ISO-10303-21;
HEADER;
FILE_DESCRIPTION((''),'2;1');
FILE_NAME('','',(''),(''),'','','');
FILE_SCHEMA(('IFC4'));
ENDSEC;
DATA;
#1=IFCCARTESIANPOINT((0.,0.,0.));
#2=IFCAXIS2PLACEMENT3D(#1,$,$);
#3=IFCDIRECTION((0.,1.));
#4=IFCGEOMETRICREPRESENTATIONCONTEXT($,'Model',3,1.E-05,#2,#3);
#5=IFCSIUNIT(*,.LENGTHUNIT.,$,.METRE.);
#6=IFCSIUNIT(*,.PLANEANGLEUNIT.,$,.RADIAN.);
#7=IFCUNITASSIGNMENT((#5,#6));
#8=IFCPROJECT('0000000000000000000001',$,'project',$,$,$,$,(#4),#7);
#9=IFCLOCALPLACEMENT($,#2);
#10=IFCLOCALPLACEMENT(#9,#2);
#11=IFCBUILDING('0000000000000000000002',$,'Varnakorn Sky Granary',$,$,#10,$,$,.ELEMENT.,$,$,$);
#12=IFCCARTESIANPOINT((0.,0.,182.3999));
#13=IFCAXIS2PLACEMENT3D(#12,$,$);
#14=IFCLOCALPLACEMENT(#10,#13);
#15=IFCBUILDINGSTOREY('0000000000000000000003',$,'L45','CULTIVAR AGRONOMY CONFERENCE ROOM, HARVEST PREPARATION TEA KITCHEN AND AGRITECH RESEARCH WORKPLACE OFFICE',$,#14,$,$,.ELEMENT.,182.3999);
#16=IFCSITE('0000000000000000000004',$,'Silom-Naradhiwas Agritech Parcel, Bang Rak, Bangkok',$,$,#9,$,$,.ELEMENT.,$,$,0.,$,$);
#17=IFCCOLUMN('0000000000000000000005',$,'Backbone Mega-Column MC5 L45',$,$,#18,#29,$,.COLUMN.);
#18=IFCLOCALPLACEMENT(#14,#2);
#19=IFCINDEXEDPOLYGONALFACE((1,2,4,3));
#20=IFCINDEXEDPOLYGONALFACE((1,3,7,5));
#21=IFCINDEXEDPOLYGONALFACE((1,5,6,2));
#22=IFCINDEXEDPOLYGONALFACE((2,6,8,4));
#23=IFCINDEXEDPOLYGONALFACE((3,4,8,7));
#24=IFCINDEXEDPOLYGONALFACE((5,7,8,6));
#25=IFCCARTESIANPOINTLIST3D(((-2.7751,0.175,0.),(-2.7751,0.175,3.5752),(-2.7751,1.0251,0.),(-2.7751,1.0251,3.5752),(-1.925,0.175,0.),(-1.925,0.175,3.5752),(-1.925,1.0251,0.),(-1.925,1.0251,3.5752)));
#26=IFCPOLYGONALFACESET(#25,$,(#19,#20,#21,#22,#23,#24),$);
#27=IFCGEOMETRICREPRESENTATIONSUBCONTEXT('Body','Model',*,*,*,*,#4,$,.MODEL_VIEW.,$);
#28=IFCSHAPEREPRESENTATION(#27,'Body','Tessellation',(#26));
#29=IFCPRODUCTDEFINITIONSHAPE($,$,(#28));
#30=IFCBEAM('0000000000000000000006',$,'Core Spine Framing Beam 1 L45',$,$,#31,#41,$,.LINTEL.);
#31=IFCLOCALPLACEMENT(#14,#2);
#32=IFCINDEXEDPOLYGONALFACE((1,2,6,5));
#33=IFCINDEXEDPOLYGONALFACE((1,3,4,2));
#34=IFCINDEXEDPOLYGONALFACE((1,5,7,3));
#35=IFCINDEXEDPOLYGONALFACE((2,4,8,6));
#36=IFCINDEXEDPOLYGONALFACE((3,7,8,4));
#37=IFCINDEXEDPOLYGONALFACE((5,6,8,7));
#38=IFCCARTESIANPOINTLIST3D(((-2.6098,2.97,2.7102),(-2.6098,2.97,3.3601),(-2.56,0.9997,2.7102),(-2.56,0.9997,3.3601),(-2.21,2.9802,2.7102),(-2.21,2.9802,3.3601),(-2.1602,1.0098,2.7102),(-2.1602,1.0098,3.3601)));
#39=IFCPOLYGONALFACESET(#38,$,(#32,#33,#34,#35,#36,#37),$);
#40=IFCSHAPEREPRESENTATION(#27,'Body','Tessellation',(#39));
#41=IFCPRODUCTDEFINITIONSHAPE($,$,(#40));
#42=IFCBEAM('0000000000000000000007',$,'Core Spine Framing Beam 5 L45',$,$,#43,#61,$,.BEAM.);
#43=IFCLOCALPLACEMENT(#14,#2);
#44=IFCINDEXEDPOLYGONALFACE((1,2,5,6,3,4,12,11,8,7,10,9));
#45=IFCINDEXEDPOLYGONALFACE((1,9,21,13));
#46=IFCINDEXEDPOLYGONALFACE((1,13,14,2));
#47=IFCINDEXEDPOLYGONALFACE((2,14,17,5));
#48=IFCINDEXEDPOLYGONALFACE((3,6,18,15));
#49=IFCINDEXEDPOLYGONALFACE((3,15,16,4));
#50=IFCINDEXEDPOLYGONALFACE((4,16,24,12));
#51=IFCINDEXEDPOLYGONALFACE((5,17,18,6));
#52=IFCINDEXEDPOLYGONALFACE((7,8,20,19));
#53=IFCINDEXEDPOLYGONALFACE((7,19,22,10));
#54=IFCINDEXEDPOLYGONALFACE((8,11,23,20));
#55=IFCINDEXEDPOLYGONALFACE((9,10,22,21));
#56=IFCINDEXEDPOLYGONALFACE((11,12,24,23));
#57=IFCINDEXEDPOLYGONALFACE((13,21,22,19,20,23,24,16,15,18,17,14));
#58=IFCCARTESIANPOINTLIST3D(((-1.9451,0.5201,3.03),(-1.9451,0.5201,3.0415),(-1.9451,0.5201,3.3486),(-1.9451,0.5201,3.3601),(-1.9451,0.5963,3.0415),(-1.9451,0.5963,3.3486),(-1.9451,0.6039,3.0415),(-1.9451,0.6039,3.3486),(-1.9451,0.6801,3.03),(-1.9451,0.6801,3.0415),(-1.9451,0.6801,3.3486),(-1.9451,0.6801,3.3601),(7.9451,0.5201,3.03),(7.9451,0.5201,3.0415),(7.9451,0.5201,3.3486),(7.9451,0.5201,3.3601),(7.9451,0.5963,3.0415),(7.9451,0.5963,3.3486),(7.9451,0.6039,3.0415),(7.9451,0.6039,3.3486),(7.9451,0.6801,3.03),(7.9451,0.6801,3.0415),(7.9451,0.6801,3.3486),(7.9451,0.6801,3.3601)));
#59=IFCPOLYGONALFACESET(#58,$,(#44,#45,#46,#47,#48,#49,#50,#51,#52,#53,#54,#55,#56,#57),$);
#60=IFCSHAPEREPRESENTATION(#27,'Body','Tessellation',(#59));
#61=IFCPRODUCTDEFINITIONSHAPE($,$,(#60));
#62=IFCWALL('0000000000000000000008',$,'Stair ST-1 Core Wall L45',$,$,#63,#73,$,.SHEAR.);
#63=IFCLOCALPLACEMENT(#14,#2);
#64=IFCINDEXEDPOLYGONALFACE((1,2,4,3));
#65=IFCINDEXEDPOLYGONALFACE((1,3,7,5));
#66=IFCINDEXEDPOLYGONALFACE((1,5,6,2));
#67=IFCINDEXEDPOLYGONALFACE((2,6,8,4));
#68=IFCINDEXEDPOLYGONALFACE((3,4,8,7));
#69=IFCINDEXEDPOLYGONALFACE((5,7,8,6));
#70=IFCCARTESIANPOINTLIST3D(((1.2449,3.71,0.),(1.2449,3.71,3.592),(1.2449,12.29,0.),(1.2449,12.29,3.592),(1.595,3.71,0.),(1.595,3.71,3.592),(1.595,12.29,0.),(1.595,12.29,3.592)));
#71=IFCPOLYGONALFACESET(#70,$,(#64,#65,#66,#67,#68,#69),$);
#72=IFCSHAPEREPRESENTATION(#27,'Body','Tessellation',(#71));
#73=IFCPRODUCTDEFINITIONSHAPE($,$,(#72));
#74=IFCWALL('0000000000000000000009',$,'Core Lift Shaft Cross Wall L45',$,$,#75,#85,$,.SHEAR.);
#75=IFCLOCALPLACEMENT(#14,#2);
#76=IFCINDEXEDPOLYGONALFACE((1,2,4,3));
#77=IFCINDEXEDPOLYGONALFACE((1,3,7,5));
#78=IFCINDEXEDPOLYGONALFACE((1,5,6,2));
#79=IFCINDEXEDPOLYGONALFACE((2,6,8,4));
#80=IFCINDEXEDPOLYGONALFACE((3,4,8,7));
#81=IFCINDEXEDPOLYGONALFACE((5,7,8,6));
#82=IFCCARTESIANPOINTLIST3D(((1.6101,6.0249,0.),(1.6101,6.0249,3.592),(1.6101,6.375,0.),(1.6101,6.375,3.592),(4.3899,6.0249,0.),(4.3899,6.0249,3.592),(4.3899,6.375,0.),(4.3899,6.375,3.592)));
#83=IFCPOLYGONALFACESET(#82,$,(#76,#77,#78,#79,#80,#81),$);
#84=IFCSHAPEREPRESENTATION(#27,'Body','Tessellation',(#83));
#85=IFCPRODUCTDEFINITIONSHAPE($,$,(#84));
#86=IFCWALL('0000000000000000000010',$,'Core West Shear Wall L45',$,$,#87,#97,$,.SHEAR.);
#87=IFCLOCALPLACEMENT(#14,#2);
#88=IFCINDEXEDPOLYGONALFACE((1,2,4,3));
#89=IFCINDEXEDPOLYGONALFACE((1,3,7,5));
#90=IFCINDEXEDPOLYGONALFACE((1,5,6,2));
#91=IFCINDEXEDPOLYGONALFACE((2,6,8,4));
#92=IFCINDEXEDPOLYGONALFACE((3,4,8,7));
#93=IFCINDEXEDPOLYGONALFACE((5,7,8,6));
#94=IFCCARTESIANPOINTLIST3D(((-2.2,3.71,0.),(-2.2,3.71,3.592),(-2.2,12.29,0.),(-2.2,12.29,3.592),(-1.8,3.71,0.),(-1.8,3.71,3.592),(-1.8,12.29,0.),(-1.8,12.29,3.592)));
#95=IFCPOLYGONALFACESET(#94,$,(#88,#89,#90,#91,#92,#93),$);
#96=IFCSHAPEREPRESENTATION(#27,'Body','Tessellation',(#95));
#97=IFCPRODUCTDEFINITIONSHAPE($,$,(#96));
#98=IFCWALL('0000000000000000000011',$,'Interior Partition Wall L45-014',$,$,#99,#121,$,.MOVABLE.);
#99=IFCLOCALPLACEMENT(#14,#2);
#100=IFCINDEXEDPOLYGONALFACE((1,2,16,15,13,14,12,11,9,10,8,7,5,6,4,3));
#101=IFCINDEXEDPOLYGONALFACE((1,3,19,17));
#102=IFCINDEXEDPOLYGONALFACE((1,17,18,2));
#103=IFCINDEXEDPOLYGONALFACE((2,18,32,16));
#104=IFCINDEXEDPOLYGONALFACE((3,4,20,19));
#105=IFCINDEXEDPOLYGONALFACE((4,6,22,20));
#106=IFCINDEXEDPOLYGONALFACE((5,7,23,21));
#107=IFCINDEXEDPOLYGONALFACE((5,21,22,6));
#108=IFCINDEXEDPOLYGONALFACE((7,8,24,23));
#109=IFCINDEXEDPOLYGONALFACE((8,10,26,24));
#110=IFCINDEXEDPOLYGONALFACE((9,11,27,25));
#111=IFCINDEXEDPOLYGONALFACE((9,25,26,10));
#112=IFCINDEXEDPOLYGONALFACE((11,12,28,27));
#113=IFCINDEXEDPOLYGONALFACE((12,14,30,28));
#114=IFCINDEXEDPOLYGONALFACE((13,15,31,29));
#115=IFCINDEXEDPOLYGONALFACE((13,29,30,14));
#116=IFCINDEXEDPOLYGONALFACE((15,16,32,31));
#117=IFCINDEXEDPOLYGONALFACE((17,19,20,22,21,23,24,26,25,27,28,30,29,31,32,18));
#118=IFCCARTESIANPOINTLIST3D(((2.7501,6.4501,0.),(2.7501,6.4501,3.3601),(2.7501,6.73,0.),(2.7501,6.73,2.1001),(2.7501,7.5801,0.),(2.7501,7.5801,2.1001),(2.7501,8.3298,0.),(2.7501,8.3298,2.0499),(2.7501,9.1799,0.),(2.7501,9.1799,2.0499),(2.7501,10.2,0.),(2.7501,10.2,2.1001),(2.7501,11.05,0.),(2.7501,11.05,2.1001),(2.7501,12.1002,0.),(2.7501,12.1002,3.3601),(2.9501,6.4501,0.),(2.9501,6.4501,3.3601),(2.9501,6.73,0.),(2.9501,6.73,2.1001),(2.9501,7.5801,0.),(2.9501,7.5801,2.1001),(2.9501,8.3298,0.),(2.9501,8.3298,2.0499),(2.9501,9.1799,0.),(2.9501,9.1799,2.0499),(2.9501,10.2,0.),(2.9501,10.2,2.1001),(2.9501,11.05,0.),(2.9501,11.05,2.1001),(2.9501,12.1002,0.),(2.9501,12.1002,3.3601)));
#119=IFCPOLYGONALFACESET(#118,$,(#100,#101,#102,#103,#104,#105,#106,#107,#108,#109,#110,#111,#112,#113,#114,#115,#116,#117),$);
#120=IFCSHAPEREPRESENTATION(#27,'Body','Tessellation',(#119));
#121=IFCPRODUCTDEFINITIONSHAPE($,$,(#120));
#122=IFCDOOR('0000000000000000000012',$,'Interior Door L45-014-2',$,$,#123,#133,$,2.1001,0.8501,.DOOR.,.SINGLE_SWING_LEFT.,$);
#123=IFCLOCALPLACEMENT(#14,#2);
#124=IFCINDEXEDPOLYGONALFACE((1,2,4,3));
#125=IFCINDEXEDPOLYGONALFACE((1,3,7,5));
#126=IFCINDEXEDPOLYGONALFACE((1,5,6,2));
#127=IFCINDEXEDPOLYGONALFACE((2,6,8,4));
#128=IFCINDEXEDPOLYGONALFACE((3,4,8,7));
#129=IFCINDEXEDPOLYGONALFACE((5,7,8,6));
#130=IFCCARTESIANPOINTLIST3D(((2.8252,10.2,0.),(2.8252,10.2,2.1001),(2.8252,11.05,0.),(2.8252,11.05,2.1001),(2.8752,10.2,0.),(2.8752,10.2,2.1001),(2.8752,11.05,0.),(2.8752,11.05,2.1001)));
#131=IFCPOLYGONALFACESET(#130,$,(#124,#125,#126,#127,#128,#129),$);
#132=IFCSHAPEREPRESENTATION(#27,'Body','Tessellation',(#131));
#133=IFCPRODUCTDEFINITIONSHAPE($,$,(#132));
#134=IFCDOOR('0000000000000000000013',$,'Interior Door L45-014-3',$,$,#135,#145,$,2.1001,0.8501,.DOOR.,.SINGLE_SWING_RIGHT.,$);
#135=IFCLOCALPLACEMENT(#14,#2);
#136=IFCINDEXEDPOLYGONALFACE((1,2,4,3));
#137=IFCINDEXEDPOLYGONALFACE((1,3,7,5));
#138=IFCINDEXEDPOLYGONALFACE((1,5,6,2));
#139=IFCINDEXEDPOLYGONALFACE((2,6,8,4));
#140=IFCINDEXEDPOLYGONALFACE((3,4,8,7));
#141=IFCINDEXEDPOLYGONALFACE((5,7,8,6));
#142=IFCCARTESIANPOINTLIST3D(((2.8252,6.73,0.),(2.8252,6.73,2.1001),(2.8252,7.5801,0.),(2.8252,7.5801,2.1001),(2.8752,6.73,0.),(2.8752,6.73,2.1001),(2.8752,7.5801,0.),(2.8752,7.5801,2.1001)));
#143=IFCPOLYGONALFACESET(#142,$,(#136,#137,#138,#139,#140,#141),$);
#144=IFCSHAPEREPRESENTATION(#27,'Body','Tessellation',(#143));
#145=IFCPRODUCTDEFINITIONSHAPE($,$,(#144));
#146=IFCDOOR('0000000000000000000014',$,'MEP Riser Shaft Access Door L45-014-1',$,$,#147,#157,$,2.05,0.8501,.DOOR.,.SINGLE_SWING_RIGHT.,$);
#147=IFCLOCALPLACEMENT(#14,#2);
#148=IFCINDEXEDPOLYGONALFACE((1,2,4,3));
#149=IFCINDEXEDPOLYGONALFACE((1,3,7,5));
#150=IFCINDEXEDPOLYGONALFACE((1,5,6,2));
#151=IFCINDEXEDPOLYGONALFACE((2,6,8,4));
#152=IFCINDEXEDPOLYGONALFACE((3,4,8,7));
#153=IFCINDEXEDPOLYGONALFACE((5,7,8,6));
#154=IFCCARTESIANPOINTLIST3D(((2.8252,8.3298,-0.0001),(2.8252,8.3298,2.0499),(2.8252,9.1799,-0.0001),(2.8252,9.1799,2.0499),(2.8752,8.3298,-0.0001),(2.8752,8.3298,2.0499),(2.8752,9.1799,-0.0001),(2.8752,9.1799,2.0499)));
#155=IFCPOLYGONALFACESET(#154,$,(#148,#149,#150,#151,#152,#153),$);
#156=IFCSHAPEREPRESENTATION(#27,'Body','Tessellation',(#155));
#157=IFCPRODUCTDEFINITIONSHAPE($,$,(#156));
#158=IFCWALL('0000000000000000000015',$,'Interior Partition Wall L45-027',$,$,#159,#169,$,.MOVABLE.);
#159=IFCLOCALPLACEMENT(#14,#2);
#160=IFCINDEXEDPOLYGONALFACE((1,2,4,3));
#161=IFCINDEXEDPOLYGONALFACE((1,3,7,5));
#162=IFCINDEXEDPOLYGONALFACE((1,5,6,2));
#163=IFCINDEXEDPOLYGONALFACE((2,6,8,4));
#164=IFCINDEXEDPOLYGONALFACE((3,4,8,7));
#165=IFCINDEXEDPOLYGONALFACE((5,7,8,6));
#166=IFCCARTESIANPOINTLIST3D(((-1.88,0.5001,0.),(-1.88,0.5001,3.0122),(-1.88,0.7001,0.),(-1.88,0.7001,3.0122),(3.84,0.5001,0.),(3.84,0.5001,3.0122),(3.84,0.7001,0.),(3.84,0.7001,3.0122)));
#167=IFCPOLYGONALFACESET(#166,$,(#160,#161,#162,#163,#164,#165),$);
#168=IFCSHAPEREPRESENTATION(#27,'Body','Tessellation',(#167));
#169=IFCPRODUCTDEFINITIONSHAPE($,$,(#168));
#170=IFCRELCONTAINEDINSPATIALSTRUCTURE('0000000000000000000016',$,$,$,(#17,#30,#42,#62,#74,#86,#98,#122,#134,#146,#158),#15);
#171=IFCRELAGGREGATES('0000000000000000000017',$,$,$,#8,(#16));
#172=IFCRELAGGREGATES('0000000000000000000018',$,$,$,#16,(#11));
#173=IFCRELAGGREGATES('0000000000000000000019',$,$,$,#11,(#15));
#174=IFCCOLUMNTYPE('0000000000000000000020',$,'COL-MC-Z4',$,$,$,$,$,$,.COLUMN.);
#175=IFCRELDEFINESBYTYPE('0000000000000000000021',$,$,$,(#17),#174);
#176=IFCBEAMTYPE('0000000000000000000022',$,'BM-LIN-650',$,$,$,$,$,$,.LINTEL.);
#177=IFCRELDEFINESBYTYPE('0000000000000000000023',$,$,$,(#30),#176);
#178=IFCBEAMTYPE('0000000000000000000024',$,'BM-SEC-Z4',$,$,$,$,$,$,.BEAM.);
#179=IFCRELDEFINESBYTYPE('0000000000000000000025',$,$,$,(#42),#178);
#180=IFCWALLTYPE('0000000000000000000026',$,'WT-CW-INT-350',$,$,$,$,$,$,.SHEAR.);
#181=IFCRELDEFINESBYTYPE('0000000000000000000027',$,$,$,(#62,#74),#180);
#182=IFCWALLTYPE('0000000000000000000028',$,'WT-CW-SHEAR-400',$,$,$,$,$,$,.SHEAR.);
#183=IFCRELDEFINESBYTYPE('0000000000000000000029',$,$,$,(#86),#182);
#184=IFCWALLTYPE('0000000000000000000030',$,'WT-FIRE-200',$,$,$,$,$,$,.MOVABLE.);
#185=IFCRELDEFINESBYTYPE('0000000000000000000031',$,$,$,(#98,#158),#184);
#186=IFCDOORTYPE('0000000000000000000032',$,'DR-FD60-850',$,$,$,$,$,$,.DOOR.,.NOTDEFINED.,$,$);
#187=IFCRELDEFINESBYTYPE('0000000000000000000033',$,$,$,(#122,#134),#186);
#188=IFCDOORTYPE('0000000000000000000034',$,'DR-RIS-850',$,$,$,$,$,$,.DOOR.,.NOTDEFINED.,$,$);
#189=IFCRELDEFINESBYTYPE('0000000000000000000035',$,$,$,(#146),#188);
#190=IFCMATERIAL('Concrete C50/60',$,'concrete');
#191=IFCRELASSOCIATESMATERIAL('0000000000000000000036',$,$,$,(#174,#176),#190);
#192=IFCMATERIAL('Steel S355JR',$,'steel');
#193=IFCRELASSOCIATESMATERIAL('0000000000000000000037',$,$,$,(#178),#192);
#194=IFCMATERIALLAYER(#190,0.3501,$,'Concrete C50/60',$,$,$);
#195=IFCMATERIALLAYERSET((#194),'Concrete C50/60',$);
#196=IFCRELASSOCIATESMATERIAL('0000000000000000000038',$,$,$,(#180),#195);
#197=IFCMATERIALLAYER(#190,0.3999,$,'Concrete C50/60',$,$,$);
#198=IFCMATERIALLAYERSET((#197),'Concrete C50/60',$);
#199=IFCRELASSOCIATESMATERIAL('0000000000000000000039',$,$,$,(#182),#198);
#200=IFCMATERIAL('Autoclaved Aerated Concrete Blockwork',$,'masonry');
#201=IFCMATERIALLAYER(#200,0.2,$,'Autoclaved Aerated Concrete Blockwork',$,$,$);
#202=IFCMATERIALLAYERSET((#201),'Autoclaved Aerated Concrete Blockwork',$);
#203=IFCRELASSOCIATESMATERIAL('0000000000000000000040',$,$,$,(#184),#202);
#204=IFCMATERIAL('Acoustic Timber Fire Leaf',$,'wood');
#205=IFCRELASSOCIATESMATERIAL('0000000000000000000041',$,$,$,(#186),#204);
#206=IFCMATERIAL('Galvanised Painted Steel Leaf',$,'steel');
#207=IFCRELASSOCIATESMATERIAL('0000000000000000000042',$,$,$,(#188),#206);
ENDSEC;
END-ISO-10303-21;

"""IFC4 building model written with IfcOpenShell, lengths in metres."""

from ifc_helpers import new_model, si_unit, direction, frame, frame_2d, origin, origin_2d, place, context, subcontext, project, spatial, rectangle, i_section, extrude, material, layer, layer_set, material_profile, profile_set, type_object, element, fill, save


model = new_model("IFC4")

# Units and contexts
model_context = context("Model", 3, precision=1e-05, world=origin(), true_north=direction((0.0, 1.0)))
body_context = subcontext(model_context, "Body", "Model", "MODEL_VIEW")
ifc_project = project(units=[si_unit("LENGTHUNIT", "METRE"), si_unit("PLANEANGLEUNIT", "RADIAN")], contexts=[model_context])

# Site, building, storey
site_placement = place(None, origin())
site = spatial("IfcSite", under=ifc_project, at=site_placement, Name="Silom-Naradhiwas Agritech Parcel, Bang Rak, Bangkok", CompositionType="ELEMENT", RefElevation=0.0)
building_placement = place(site_placement, origin())
building = spatial("IfcBuilding", under=site, at=building_placement, Name="Varnakorn Sky Granary", CompositionType="ELEMENT")
storey_placement = place(building_placement, frame((0.0, 0.0, 182.3999)))
storey = spatial("IfcBuildingStorey", under=building, at=storey_placement, Name="L45", Description="CULTIVAR AGRONOMY CONFERENCE ROOM, HARVEST PREPARATION TEA KITCHEN AND AGRITECH RESEARCH WORKPLACE OFFICE", CompositionType="ELEMENT", Elevation=182.3999)

# Column
ifc_material_1 = material(Name="Concrete C50/60", Category="concrete")
ifc_material_profile_1 = material_profile(ifc_material_1, rectangle(XDim=0.8501, YDim=0.8501, at=origin_2d()), Name="RC 850x850")
ifc_profile_set_1 = profile_set([ifc_material_profile_1], Name="Concrete C50/60")
column_type = type_object("IfcColumnType", Name="COL-MC-Z4", PredefinedType="COLUMN", material=ifc_profile_set_1)
column_placement = place(storey_placement, frame((-2.3501, 0.6001, 0.0), z_axis=(0.0, 0.0, 1.0), x_axis=(1.0, 0.0, 0.0)))
element("IfcColumn", 1, at=column_placement, inside=storey, type_object=column_type, Name="Backbone Mega-Column MC5 L45", PredefinedType="COLUMN", context=body_context, shape_type="SweptSolid", body=[
    extrude(rectangle(XDim=0.8501, YDim=0.8501, at=origin_2d()), origin(), (0.0, 0.0, 1.0), 3.5752),
])

# Beams
ifc_material_profile_2 = material_profile(ifc_material_1, rectangle(XDim=0.3999, YDim=0.6499, at=origin_2d()), Name="RC 400x650")
ifc_profile_set_2 = profile_set([ifc_material_profile_2], Name="Concrete C50/60")
beam_type_1 = type_object("IfcBeamType", Name="BM-LIN-650", PredefinedType="LINTEL", material=ifc_profile_set_2)
beam_1_placement = place(storey_placement, frame((-2.4099, 2.9751, 3.0352), z_axis=(0.025271, -0.999681, 0.0), x_axis=(0.999681, 0.025271, 0.0)))
element("IfcBeam", 2, at=beam_1_placement, inside=storey, type_object=beam_type_1, Name="Core Spine Framing Beam 1 L45", PredefinedType="LINTEL", context=body_context, shape_type="SweptSolid", body=[
    extrude(rectangle(XDim=0.3999, YDim=0.6499, at=origin_2d()), origin(), (0.0, 0.0, 1.0), 1.9709),
])
ifc_material_2 = material(Name="Steel S355JR", Category="steel")
ifc_material_profile_3 = material_profile(ifc_material_2, i_section(OverallWidth=0.1599, OverallDepth=0.3301, WebThickness=0.0076, FlangeThickness=0.0115, at=origin_2d()), Name="IPE 330")
ifc_profile_set_3 = profile_set([ifc_material_profile_3], Name="Steel S355JR")
beam_type_2 = type_object("IfcBeamType", Name="BM-SEC-Z4", PredefinedType="BEAM", material=ifc_profile_set_3)
beam_2_placement = place(storey_placement, frame((-1.9451, 0.6001, 3.1951), z_axis=(1.0, 0.0, 0.0), x_axis=(0.0, 1.0, 0.0)))
element("IfcBeam", 3, at=beam_2_placement, inside=storey, type_object=beam_type_2, Name="Core Spine Framing Beam 5 L45", PredefinedType="BEAM", context=body_context, shape_type="SweptSolid", body=[
    extrude(i_section(OverallWidth=0.1599, OverallDepth=0.3301, WebThickness=0.0076, FlangeThickness=0.0115, at=origin_2d()), origin(), (0.0, 0.0, 1.0), 9.8901),
])

# Walls
ifc_layer_1 = layer(ifc_material_1, 0.3501, Name="Concrete C50/60")
ifc_layer_set_1 = layer_set([ifc_layer_1], Name="Concrete C50/60")
wall_type_1 = type_object("IfcWallType", Name="WT-CW-INT-350", PredefinedType="SHEAR", material=ifc_layer_set_1)
wall_1_placement = place(storey_placement, frame((1.4199, 3.71, 0.0), z_axis=(0.0, 0.0, 1.0), x_axis=(0.0, 1.0, 0.0)))
element("IfcWall", 4, at=wall_1_placement, inside=storey, type_object=wall_type_1, Name="Stair ST-1 Core Wall L45", PredefinedType="SHEAR", context=body_context, shape_type="SweptSolid", body=[
    extrude(rectangle(XDim=8.5801, YDim=0.3501, at=frame_2d((4.29, 0.0))), origin(), (0.0, 0.0, 1.0), 3.592),
])
wall_2_placement = place(storey_placement, frame((1.6101, 6.2, 0.0), z_axis=(0.0, 0.0, 1.0), x_axis=(1.0, 0.0, 0.0)))
element("IfcWall", 5, at=wall_2_placement, inside=storey, type_object=wall_type_1, Name="Core Lift Shaft Cross Wall L45", PredefinedType="SHEAR", context=body_context, shape_type="SweptSolid", body=[
    extrude(rectangle(XDim=2.7798, YDim=0.3501, at=frame_2d((1.3899, 0.0))), origin(), (0.0, 0.0, 1.0), 3.592),
])

# Shared definitions
ifc_layer_2 = layer(ifc_material_1, 0.3999, Name="Concrete C50/60")
ifc_layer_set_2 = layer_set([ifc_layer_2], Name="Concrete C50/60")
wall_type_2 = type_object("IfcWallType", Name="WT-CW-SHEAR-400", PredefinedType="SHEAR", material=ifc_layer_set_2)
ifc_material_3 = material(Name="Galvanised Painted Steel Leaf", Category="steel")

# Wall
wall_3_placement = place(storey_placement, frame((-2.0, 3.71, 0.0), z_axis=(0.0, 0.0, 1.0), x_axis=(0.0, 1.0, 0.0)))
element("IfcWall", 6, at=wall_3_placement, inside=storey, type_object=wall_type_2, Name="Core West Shear Wall L45", PredefinedType="SHEAR", context=body_context, shape_type="SweptSolid", body=[
    extrude(rectangle(XDim=8.5801, YDim=0.3999, at=frame_2d((4.29, 0.0))), origin(), (0.0, 0.0, 1.0), 3.592),
])

# Wall, openings, doors
ifc_material_4 = material(Name="Autoclaved Aerated Concrete Blockwork", Category="masonry")
ifc_layer_3 = layer(ifc_material_4, 0.2, Name="Autoclaved Aerated Concrete Blockwork")
ifc_layer_set_3 = layer_set([ifc_layer_3], Name="Autoclaved Aerated Concrete Blockwork")
wall_type_3 = type_object("IfcWallType", Name="WT-FIRE-200", PredefinedType="MOVABLE", material=ifc_layer_set_3)
wall_4_placement = place(storey_placement, frame((2.8501, 6.45, 0.0), z_axis=(0.0, 0.0, 1.0), x_axis=(0.0, 1.0, 0.0)))
wall_4 = element("IfcWall", 7, at=wall_4_placement, inside=storey, type_object=wall_type_3, Name="Interior Partition Wall L45-014", PredefinedType="MOVABLE", context=body_context, shape_type="SweptSolid", body=[
    extrude(rectangle(XDim=5.6501, YDim=0.2, at=frame_2d((2.8252, 0.0))), origin(), (0.0, 0.0, 1.0), 3.3601),
])
opening_1_placement = place(wall_4_placement, frame((1.8799, 0.0, 0.0)))
opening_1 = element("IfcOpeningElement", 8, at=opening_1_placement, cuts=wall_4, PredefinedType="OPENING", context=body_context, shape_type="SweptSolid", body=[
    extrude(rectangle(XDim=0.8501, YDim=2.05, at=frame_2d((0.425, 1.0249))), frame((0.0, 0.1099, 0.0), z_axis=(0.0, -1.0, 0.0), x_axis=(1.0, 0.0, 0.0)), (0.0, 0.0, 1.0), 0.22),
])
opening_2_placement = place(wall_4_placement, frame((3.75, 0.0, 0.0)))
opening_2 = element("IfcOpeningElement", 9, at=opening_2_placement, cuts=wall_4, PredefinedType="OPENING", context=body_context, shape_type="SweptSolid", body=[
    extrude(rectangle(XDim=0.8501, YDim=2.1001, at=frame_2d((0.425, 1.05))), frame((0.0, 0.1099, 0.0), z_axis=(0.0, -1.0, 0.0), x_axis=(1.0, 0.0, 0.0)), (0.0, 0.0, 1.0), 0.22),
])
opening_3_placement = place(wall_4_placement, frame((0.28, 0.0, 0.0)))
opening_3 = element("IfcOpeningElement", 10, at=opening_3_placement, cuts=wall_4, PredefinedType="OPENING", context=body_context, shape_type="SweptSolid", body=[
    extrude(rectangle(XDim=0.8501, YDim=2.1001, at=frame_2d((0.425, 1.05))), frame((0.0, 0.1099, 0.0), z_axis=(0.0, -1.0, 0.0), x_axis=(1.0, 0.0, 0.0)), (0.0, 0.0, 1.0), 0.22),
])
ifc_material_5 = material(Name="Acoustic Timber Fire Leaf", Category="wood")
door_type_1 = type_object("IfcDoorType", Name="DR-FD60-850", OperationType="NOTDEFINED", PredefinedType="DOOR", material=ifc_material_5)
door_1_placement = place(opening_2_placement, origin())
door_1 = element("IfcDoor", 11, at=door_1_placement, inside=storey, type_object=door_type_1, Name="Interior Door L45-014-2", OperationType="SINGLE_SWING_LEFT", OverallHeight=2.1001, OverallWidth=0.8501, PredefinedType="DOOR", context=body_context, shape_type="SweptSolid", body=[
    extrude(rectangle(XDim=0.8501, YDim=2.1001, at=frame_2d((0.425, 1.05))), frame((0.0, 0.0249, 0.0), z_axis=(0.0, -1.0, 0.0), x_axis=(1.0, 0.0, 0.0)), (0.0, 0.0, 1.0), 0.05),
])
fill(opening_2, door_1)
door_2_placement = place(opening_3_placement, origin())
door_2 = element("IfcDoor", 12, at=door_2_placement, inside=storey, type_object=door_type_1, Name="Interior Door L45-014-3", OperationType="SINGLE_SWING_RIGHT", OverallHeight=2.1001, OverallWidth=0.8501, PredefinedType="DOOR", context=body_context, shape_type="SweptSolid", body=[
    extrude(rectangle(XDim=0.8501, YDim=2.1001, at=frame_2d((0.425, 1.05))), frame((0.0, 0.0249, 0.0), z_axis=(0.0, -1.0, 0.0), x_axis=(1.0, 0.0, 0.0)), (0.0, 0.0, 1.0), 0.05),
])
fill(opening_3, door_2)
door_type_2 = type_object("IfcDoorType", Name="DR-RIS-850", OperationType="NOTDEFINED", PredefinedType="DOOR", material=ifc_material_3)
door_3_placement = place(opening_1_placement, origin())
door_3 = element("IfcDoor", 13, at=door_3_placement, inside=storey, type_object=door_type_2, Name="MEP Riser Shaft Access Door L45-014-1", OperationType="SINGLE_SWING_RIGHT", OverallHeight=2.05, OverallWidth=0.8501, PredefinedType="DOOR", context=body_context, shape_type="SweptSolid", body=[
    extrude(rectangle(XDim=0.8501, YDim=2.05, at=frame_2d((0.425, 1.0249))), frame((0.0, 0.0249, 0.0), z_axis=(0.0, -1.0, 0.0), x_axis=(1.0, 0.0, 0.0)), (0.0, 0.0, 1.0), 0.05),
])
fill(opening_1, door_3)

# Wall
wall_5_placement = place(storey_placement, frame((-1.8799, 0.6001, 0.0), z_axis=(0.0, 0.0, 1.0), x_axis=(1.0, 0.0, 0.0)))
element("IfcWall", 14, at=wall_5_placement, inside=storey, type_object=wall_type_3, Name="Interior Partition Wall L45-027", PredefinedType="MOVABLE", context=body_context, shape_type="SweptSolid", body=[
    extrude(rectangle(XDim=5.72, YDim=0.2, at=frame_2d((2.8599, 0.0))), origin(), (0.0, 0.0, 1.0), 3.0122),
])

save(model, "model.ifc")
